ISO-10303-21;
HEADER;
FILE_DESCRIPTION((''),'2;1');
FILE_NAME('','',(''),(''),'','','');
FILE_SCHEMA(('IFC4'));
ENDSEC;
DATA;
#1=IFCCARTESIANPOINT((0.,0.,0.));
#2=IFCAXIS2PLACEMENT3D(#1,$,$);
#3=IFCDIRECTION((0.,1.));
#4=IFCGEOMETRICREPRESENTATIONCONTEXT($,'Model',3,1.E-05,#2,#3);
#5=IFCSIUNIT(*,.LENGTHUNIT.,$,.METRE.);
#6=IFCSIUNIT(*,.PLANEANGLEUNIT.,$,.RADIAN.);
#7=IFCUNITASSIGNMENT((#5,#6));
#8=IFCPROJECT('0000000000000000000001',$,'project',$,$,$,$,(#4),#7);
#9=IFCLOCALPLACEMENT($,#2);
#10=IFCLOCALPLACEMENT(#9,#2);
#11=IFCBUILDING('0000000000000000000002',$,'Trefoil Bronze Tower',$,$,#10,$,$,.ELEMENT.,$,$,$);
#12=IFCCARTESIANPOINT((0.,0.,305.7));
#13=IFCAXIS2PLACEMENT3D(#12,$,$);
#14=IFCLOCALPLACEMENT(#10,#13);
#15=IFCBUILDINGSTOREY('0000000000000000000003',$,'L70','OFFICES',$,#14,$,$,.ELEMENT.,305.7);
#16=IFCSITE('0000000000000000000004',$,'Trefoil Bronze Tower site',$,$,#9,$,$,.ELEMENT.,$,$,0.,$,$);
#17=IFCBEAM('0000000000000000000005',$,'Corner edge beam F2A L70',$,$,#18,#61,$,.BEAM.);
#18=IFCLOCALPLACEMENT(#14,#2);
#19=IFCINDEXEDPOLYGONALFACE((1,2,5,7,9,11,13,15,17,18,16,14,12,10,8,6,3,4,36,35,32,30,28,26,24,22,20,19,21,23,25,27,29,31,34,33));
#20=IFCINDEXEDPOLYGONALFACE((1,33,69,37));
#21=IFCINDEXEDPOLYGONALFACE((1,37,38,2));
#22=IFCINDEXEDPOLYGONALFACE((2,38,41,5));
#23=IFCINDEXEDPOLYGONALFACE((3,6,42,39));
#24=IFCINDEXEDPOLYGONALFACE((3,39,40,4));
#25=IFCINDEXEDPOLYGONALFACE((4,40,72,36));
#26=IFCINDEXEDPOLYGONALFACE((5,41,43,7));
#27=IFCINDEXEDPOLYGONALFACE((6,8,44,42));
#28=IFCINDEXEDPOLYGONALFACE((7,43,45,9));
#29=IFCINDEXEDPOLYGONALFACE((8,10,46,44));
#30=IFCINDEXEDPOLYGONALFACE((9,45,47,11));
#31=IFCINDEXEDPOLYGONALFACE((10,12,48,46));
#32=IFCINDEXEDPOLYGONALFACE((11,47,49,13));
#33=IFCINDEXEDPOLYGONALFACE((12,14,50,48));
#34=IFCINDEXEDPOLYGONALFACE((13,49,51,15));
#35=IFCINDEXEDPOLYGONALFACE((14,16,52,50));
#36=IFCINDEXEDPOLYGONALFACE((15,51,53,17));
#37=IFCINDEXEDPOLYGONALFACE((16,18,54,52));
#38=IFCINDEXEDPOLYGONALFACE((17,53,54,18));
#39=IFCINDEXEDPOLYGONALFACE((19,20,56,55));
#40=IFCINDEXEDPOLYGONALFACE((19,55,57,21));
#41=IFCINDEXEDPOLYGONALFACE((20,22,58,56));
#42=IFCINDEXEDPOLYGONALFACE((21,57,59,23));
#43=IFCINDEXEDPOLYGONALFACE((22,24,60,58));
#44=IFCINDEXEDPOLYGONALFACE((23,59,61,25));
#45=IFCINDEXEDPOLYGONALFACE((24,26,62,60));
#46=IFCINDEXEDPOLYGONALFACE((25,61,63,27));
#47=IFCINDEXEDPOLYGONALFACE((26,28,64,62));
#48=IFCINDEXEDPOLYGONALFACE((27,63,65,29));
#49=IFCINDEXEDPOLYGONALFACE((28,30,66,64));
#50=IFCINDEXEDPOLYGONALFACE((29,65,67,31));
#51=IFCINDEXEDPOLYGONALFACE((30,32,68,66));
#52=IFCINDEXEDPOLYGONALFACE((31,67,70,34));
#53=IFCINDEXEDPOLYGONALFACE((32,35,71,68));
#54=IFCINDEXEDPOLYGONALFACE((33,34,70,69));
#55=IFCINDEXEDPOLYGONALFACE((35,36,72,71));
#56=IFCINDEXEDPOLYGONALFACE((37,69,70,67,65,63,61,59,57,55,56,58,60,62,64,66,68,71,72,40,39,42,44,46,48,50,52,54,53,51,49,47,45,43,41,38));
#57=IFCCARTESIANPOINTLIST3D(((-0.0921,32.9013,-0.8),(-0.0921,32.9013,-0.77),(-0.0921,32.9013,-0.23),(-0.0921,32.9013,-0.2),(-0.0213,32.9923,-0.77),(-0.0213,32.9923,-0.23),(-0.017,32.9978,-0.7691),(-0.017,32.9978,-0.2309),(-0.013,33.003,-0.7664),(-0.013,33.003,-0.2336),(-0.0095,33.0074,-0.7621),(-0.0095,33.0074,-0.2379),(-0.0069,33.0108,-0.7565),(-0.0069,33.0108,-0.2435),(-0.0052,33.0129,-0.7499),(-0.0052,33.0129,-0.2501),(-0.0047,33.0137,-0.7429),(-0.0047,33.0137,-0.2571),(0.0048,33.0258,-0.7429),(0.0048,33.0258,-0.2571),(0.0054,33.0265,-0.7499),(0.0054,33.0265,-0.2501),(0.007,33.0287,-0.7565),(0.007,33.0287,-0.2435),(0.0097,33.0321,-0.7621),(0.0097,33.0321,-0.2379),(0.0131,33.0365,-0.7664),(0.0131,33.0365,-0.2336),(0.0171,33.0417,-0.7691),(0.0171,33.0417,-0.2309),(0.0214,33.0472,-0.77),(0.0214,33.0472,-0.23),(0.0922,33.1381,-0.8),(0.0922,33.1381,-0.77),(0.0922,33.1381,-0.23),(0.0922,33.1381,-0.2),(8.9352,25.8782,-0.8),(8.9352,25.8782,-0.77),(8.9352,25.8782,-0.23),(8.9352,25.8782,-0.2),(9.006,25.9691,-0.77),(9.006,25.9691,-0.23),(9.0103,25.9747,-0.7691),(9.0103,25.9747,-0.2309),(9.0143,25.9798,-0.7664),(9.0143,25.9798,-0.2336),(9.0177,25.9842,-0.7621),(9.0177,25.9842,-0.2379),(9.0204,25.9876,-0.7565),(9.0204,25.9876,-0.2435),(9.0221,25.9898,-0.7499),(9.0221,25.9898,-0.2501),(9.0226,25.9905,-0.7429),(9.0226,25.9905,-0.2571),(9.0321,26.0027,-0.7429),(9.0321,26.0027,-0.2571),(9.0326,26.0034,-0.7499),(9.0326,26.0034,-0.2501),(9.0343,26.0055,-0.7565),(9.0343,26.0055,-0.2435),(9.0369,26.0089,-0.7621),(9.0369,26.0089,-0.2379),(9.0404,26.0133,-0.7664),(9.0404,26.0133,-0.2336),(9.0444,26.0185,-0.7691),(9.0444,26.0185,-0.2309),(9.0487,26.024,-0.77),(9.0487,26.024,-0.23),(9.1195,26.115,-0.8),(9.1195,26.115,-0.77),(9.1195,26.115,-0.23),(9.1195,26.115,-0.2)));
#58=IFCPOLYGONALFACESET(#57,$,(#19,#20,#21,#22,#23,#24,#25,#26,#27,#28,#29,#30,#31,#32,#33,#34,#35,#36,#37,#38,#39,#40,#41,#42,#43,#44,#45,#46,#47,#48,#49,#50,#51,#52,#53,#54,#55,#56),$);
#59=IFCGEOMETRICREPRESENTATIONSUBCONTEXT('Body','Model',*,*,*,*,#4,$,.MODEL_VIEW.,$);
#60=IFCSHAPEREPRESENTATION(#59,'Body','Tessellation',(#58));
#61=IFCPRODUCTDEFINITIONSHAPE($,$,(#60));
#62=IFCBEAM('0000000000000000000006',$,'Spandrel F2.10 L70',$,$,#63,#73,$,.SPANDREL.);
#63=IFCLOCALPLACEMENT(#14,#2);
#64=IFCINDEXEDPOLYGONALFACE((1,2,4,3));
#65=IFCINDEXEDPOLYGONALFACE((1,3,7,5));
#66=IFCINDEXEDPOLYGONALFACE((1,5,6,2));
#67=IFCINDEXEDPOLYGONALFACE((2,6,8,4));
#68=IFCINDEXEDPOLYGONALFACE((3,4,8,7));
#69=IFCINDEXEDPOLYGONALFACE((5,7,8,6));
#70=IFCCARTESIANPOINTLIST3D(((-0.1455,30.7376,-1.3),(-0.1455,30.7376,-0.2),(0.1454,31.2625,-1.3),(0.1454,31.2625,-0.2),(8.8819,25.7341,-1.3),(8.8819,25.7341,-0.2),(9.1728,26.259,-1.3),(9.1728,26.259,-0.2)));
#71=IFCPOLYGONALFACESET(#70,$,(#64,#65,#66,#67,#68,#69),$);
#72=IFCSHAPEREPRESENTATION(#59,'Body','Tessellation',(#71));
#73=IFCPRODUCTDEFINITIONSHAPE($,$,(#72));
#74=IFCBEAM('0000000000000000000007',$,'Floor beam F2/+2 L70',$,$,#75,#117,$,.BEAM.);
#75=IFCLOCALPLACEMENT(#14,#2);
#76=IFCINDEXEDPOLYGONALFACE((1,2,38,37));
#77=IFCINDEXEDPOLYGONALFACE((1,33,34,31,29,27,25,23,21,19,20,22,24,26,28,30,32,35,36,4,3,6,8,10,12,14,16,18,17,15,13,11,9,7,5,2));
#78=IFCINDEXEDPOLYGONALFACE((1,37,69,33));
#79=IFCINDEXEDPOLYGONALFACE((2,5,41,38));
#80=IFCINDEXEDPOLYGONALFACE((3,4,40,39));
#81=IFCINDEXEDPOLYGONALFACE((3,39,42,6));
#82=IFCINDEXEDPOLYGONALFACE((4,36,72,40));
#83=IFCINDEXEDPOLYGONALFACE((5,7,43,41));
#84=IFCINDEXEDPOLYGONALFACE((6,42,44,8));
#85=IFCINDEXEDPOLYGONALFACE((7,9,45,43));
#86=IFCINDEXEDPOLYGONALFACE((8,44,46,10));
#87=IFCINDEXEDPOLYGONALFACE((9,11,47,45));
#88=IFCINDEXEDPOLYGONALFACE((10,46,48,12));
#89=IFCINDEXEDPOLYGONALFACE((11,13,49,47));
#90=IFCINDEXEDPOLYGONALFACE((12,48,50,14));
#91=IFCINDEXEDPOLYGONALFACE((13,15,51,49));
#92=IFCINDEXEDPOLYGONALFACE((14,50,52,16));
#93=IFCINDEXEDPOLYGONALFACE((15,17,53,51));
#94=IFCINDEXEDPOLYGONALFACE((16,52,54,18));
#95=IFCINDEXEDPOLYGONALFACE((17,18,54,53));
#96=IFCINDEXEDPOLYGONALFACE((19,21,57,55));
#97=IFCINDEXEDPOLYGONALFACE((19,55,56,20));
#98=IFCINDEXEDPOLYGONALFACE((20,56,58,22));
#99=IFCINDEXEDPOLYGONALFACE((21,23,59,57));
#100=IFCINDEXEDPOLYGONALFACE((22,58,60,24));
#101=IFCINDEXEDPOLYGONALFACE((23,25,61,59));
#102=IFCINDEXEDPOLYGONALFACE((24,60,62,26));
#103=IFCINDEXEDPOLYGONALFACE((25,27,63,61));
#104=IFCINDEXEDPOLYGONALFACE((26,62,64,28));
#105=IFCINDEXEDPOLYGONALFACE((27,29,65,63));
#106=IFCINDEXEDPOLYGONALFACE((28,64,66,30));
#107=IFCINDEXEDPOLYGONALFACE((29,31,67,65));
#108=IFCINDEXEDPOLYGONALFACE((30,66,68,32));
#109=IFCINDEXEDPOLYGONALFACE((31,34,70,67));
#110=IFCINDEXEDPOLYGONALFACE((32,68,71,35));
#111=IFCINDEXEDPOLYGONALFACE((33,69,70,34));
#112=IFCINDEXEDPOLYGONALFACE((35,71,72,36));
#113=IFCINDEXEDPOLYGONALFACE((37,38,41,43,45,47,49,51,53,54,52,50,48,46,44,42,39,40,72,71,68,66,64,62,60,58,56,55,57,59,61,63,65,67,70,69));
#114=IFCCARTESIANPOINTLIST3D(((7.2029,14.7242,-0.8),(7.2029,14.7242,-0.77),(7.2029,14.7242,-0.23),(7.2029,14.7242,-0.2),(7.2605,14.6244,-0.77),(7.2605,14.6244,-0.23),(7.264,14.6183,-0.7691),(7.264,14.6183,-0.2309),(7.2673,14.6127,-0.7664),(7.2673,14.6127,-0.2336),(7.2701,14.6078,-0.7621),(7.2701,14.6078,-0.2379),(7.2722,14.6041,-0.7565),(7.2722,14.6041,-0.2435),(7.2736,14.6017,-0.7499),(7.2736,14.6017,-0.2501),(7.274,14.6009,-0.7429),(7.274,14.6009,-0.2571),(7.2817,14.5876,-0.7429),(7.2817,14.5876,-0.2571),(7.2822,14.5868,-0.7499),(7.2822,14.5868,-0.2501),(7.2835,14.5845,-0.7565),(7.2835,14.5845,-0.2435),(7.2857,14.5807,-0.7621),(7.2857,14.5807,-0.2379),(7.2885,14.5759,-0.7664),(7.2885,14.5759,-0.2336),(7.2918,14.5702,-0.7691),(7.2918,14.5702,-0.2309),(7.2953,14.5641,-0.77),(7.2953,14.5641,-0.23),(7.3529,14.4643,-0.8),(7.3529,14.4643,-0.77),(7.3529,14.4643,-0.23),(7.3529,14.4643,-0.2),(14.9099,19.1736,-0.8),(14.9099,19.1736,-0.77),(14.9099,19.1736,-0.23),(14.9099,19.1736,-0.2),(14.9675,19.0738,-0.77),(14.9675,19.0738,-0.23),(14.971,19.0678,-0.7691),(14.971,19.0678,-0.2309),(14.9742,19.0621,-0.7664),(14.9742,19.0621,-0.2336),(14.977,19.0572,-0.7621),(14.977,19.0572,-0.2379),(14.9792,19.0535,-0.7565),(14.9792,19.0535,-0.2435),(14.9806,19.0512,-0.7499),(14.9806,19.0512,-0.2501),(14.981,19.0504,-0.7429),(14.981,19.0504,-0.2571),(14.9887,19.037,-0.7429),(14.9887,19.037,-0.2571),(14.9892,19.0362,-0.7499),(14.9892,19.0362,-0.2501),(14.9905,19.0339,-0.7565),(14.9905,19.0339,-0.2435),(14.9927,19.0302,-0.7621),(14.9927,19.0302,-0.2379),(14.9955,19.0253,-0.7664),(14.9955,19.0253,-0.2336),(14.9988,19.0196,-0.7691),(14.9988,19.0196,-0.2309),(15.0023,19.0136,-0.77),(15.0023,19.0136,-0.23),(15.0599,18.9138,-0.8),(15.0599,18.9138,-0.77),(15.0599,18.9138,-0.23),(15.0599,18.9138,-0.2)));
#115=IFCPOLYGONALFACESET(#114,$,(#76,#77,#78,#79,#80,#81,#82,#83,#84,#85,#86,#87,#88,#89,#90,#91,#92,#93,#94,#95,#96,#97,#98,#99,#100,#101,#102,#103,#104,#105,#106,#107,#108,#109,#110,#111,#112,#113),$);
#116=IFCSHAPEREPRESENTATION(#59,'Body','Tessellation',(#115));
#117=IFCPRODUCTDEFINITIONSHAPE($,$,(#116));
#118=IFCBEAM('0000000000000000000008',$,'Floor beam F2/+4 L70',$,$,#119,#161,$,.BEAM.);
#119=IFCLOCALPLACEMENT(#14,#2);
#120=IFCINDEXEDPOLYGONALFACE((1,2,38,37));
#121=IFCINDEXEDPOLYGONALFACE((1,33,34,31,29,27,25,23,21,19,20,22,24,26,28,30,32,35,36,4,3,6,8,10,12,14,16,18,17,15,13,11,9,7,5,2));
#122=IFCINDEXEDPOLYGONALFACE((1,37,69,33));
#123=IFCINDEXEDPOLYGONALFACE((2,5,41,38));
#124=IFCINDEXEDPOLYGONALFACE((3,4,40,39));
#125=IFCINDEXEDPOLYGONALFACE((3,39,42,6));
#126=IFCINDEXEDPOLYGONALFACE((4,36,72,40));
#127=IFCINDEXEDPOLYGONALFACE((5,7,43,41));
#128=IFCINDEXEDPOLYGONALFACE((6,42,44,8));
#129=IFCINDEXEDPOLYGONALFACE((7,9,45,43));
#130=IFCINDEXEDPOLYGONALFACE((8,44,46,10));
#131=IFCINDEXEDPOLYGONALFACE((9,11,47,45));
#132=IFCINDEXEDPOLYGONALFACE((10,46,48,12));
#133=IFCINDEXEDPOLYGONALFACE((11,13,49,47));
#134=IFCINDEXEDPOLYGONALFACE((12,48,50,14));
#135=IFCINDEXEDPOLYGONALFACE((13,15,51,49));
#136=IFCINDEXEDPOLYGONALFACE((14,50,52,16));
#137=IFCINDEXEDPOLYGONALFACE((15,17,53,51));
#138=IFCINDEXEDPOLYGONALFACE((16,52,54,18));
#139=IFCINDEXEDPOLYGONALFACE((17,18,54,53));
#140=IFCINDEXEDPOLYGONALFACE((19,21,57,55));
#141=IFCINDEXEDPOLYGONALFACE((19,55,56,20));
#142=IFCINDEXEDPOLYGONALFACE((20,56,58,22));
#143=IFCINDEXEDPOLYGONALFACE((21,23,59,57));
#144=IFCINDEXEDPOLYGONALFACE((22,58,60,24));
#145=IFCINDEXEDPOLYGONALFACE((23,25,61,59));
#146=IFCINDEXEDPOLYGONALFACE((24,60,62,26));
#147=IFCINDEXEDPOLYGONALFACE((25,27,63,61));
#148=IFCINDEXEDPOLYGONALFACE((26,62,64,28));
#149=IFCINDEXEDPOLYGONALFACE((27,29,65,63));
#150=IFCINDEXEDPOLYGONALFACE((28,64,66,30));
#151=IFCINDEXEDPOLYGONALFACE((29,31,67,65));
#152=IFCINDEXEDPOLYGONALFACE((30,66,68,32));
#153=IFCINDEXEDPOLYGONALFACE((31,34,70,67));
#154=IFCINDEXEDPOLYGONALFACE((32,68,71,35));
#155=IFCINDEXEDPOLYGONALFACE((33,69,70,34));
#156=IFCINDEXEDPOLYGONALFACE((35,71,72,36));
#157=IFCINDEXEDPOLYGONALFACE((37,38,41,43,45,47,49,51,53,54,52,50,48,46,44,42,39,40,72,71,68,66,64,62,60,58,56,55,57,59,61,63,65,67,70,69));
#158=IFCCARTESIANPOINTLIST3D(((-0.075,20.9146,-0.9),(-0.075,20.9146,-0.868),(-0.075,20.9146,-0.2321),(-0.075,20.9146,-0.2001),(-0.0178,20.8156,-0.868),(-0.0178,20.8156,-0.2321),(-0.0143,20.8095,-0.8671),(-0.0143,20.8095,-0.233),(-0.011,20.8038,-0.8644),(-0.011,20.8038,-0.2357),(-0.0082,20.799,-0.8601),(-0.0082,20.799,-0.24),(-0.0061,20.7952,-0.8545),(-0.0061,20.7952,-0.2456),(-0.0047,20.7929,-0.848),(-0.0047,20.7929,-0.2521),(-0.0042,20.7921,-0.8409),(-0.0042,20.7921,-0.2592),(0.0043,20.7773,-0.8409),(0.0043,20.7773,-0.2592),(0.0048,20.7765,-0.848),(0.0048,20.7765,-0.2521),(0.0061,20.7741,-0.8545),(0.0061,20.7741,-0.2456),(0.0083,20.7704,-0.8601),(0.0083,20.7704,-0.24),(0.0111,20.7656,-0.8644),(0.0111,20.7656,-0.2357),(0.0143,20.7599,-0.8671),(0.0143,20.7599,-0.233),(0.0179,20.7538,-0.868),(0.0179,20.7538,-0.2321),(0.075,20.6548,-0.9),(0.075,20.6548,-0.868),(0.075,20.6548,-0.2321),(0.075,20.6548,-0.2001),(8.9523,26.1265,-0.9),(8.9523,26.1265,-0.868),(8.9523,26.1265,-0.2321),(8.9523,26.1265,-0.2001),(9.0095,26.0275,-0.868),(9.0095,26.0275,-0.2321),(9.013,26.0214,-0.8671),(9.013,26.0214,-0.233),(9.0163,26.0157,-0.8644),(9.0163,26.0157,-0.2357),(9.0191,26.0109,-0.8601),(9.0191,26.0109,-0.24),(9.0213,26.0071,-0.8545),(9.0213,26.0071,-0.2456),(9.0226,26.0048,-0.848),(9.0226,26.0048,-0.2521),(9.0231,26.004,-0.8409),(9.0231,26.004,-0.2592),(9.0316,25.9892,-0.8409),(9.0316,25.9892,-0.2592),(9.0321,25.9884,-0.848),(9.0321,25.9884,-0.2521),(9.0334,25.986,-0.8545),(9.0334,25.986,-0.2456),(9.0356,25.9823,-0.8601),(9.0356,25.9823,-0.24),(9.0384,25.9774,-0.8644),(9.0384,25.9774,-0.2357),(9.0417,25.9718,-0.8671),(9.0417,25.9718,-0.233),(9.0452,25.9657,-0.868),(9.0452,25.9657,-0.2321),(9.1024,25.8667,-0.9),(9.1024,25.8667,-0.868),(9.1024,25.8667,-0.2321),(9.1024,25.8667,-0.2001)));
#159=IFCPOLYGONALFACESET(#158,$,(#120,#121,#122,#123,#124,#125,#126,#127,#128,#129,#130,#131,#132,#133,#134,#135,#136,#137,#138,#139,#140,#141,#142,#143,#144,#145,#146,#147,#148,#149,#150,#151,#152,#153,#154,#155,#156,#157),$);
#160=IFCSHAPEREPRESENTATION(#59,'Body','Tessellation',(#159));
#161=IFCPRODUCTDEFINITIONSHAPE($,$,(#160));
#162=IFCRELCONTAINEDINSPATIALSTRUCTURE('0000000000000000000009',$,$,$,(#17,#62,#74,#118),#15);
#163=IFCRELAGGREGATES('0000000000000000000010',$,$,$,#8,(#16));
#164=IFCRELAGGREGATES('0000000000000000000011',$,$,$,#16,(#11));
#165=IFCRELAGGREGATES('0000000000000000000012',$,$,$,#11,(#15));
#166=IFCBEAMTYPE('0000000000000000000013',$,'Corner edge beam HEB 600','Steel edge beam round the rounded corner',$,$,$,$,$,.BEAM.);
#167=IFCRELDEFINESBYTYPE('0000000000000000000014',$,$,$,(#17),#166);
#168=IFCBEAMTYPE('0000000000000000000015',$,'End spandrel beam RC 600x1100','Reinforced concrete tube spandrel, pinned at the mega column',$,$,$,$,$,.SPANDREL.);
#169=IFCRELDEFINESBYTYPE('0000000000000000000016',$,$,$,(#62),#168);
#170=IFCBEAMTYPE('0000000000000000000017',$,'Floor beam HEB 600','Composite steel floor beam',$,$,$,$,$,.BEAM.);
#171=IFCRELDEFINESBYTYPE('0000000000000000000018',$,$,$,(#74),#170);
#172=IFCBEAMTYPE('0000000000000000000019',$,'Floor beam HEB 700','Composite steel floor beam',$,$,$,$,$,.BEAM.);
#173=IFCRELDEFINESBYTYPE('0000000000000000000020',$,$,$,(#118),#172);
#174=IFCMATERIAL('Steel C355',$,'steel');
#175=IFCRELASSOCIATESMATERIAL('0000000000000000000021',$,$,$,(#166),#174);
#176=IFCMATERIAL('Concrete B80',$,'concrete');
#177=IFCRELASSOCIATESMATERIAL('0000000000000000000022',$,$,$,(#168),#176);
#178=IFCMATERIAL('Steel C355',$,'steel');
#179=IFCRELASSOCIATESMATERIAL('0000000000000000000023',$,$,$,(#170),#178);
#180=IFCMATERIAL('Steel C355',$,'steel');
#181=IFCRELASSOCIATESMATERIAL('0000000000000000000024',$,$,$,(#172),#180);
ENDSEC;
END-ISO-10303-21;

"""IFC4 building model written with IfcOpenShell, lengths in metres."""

from ifc_helpers import new_model, si_unit, direction, frame, origin, origin_2d, place, context, subcontext, project, spatial, rectangle, i_section, extrude, material, material_profile, profile_set, type_object, element, save


model = new_model("IFC4")

# Units and contexts
model_context = context("Model", 3, precision=1e-05, world=origin(), true_north=direction((0.0, 1.0)))
body_context = subcontext(model_context, "Body", "Model", "MODEL_VIEW")
ifc_project = project(units=[si_unit("LENGTHUNIT", "METRE"), si_unit("PLANEANGLEUNIT", "RADIAN")], contexts=[model_context])

# Site, building, storey
site_placement = place(None, origin())
site = spatial("IfcSite", under=ifc_project, at=site_placement, Name="Trefoil Bronze Tower site", CompositionType="ELEMENT", RefElevation=0.0)
building_placement = place(site_placement, origin())
building = spatial("IfcBuilding", under=site, at=building_placement, Name="Trefoil Bronze Tower", CompositionType="ELEMENT")
storey_placement = place(building_placement, frame((0.0, 0.0, 305.7)))
storey = spatial("IfcBuildingStorey", under=building, at=storey_placement, Name="L70", Description="OFFICES", CompositionType="ELEMENT", Elevation=305.7)

# Beams
ifc_material_1 = material(Name="Steel C355", Category="steel")
ifc_material_profile_1 = material_profile(ifc_material_1, i_section(OverallWidth=0.3, OverallDepth=0.6001, WebThickness=0.0154, FlangeThickness=0.03, FilletRadius=0.0271, at=origin_2d()), Name="HEB 600")
ifc_profile_set_1 = profile_set([ifc_material_profile_1], Name="Steel C355")
beam_type_1 = type_object("IfcBeamType", Name="Corner edge beam HEB 600", Description="Steel edge beam round the rounded corner", PredefinedType="BEAM", material=ifc_profile_set_1)
beam_1_placement = place(storey_placement, frame((9.0273, 25.9966, -0.5), z_axis=(-0.789271, 0.614046, 0.0), x_axis=(-0.614046, -0.789271, 0.0)))
element("IfcBeam", 1, at=beam_1_placement, inside=storey, type_object=beam_type_1, Name="Corner edge beam F2A L70", PredefinedType="BEAM", context=body_context, shape_type="SweptSolid", body=[
    extrude(i_section(OverallWidth=0.3, OverallDepth=0.6001, WebThickness=0.0154, FlangeThickness=0.03, FilletRadius=0.0271, at=origin_2d()), origin(), (0.0, 0.0, 1.0), 11.4375),
])
ifc_material_2 = material(Name="Concrete B80", Category="concrete")
ifc_material_profile_2 = material_profile(ifc_material_2, rectangle(XDim=0.6001, YDim=1.1001, at=origin_2d()), Name="RC 600x1100")
ifc_profile_set_2 = profile_set([ifc_material_profile_2], Name="Concrete B80")
beam_type_2 = type_object("IfcBeamType", Name="End spandrel beam RC 600x1100", Description="Reinforced concrete tube spandrel, pinned at the mega column", PredefinedType="SPANDREL", material=ifc_profile_set_2)
beam_2_placement = place(storey_placement, frame((9.0273, 25.9966, -0.75), z_axis=(-0.874641, 0.484771, 0.0), x_axis=(-0.484771, -0.874641, 0.0)))
element("IfcBeam", 2, at=beam_2_placement, inside=storey, type_object=beam_type_2, Name="Spandrel F2.10 L70", PredefinedType="SPANDREL", context=body_context, shape_type="SweptSolid", body=[
    extrude(rectangle(XDim=0.6001, YDim=1.1001, at=origin_2d()), origin(), (0.0, 0.0, 1.0), 10.3213),
])
ifc_material_3 = material(Name="Steel C355", Category="steel")
ifc_material_profile_3 = material_profile(ifc_material_3, i_section(OverallWidth=0.3, OverallDepth=0.6001, WebThickness=0.0154, FlangeThickness=0.03, FilletRadius=0.0271, at=origin_2d()), Name="HEB 600")
ifc_profile_set_3 = profile_set([ifc_material_profile_3], Name="Steel C355")
beam_type_3 = type_object("IfcBeamType", Name="Floor beam HEB 600", Description="Composite steel floor beam", PredefinedType="BEAM", material=ifc_profile_set_3)
beam_3_placement = place(storey_placement, frame((14.9849, 19.0437, -0.5), z_axis=(-0.866035, -0.499984, 0.0), x_axis=(0.499984, -0.866035, 0.0)))
element("IfcBeam", 3, at=beam_3_placement, inside=storey, type_object=beam_type_3, Name="Floor beam F2/+2 L70", PredefinedType="BEAM", context=body_context, shape_type="SweptSolid", body=[
    extrude(i_section(OverallWidth=0.3, OverallDepth=0.6001, WebThickness=0.0154, FlangeThickness=0.03, FilletRadius=0.0271, at=origin_2d()), origin(), (0.0, 0.0, 1.0), 8.8992),
])
ifc_material_4 = material(Name="Steel C355", Category="steel")
ifc_material_profile_4 = material_profile(ifc_material_4, i_section(OverallWidth=0.3, OverallDepth=0.7, WebThickness=0.0171, FlangeThickness=0.032, FilletRadius=0.0271, at=origin_2d()), Name="HEB 700")
ifc_profile_set_4 = profile_set([ifc_material_profile_4], Name="Steel C355")
beam_type_4 = type_object("IfcBeamType", Name="Floor beam HEB 700", Description="Composite steel floor beam", PredefinedType="BEAM", material=ifc_profile_set_4)
beam_4_placement = place(storey_placement, frame((9.0273, 25.9966, -0.55), z_axis=(-0.866026, -0.499998, 0.0), x_axis=(0.499998, -0.866026, 0.0)))
element("IfcBeam", 4, at=beam_4_placement, inside=storey, type_object=beam_type_4, Name="Floor beam F2/+4 L70", PredefinedType="BEAM", context=body_context, shape_type="SweptSolid", body=[
    extrude(i_section(OverallWidth=0.3, OverallDepth=0.7, WebThickness=0.0171, FlangeThickness=0.032, FilletRadius=0.0271, at=origin_2d()), origin(), (0.0, 0.0, 1.0), 10.4238),
])

save(model, "model.ifc")
